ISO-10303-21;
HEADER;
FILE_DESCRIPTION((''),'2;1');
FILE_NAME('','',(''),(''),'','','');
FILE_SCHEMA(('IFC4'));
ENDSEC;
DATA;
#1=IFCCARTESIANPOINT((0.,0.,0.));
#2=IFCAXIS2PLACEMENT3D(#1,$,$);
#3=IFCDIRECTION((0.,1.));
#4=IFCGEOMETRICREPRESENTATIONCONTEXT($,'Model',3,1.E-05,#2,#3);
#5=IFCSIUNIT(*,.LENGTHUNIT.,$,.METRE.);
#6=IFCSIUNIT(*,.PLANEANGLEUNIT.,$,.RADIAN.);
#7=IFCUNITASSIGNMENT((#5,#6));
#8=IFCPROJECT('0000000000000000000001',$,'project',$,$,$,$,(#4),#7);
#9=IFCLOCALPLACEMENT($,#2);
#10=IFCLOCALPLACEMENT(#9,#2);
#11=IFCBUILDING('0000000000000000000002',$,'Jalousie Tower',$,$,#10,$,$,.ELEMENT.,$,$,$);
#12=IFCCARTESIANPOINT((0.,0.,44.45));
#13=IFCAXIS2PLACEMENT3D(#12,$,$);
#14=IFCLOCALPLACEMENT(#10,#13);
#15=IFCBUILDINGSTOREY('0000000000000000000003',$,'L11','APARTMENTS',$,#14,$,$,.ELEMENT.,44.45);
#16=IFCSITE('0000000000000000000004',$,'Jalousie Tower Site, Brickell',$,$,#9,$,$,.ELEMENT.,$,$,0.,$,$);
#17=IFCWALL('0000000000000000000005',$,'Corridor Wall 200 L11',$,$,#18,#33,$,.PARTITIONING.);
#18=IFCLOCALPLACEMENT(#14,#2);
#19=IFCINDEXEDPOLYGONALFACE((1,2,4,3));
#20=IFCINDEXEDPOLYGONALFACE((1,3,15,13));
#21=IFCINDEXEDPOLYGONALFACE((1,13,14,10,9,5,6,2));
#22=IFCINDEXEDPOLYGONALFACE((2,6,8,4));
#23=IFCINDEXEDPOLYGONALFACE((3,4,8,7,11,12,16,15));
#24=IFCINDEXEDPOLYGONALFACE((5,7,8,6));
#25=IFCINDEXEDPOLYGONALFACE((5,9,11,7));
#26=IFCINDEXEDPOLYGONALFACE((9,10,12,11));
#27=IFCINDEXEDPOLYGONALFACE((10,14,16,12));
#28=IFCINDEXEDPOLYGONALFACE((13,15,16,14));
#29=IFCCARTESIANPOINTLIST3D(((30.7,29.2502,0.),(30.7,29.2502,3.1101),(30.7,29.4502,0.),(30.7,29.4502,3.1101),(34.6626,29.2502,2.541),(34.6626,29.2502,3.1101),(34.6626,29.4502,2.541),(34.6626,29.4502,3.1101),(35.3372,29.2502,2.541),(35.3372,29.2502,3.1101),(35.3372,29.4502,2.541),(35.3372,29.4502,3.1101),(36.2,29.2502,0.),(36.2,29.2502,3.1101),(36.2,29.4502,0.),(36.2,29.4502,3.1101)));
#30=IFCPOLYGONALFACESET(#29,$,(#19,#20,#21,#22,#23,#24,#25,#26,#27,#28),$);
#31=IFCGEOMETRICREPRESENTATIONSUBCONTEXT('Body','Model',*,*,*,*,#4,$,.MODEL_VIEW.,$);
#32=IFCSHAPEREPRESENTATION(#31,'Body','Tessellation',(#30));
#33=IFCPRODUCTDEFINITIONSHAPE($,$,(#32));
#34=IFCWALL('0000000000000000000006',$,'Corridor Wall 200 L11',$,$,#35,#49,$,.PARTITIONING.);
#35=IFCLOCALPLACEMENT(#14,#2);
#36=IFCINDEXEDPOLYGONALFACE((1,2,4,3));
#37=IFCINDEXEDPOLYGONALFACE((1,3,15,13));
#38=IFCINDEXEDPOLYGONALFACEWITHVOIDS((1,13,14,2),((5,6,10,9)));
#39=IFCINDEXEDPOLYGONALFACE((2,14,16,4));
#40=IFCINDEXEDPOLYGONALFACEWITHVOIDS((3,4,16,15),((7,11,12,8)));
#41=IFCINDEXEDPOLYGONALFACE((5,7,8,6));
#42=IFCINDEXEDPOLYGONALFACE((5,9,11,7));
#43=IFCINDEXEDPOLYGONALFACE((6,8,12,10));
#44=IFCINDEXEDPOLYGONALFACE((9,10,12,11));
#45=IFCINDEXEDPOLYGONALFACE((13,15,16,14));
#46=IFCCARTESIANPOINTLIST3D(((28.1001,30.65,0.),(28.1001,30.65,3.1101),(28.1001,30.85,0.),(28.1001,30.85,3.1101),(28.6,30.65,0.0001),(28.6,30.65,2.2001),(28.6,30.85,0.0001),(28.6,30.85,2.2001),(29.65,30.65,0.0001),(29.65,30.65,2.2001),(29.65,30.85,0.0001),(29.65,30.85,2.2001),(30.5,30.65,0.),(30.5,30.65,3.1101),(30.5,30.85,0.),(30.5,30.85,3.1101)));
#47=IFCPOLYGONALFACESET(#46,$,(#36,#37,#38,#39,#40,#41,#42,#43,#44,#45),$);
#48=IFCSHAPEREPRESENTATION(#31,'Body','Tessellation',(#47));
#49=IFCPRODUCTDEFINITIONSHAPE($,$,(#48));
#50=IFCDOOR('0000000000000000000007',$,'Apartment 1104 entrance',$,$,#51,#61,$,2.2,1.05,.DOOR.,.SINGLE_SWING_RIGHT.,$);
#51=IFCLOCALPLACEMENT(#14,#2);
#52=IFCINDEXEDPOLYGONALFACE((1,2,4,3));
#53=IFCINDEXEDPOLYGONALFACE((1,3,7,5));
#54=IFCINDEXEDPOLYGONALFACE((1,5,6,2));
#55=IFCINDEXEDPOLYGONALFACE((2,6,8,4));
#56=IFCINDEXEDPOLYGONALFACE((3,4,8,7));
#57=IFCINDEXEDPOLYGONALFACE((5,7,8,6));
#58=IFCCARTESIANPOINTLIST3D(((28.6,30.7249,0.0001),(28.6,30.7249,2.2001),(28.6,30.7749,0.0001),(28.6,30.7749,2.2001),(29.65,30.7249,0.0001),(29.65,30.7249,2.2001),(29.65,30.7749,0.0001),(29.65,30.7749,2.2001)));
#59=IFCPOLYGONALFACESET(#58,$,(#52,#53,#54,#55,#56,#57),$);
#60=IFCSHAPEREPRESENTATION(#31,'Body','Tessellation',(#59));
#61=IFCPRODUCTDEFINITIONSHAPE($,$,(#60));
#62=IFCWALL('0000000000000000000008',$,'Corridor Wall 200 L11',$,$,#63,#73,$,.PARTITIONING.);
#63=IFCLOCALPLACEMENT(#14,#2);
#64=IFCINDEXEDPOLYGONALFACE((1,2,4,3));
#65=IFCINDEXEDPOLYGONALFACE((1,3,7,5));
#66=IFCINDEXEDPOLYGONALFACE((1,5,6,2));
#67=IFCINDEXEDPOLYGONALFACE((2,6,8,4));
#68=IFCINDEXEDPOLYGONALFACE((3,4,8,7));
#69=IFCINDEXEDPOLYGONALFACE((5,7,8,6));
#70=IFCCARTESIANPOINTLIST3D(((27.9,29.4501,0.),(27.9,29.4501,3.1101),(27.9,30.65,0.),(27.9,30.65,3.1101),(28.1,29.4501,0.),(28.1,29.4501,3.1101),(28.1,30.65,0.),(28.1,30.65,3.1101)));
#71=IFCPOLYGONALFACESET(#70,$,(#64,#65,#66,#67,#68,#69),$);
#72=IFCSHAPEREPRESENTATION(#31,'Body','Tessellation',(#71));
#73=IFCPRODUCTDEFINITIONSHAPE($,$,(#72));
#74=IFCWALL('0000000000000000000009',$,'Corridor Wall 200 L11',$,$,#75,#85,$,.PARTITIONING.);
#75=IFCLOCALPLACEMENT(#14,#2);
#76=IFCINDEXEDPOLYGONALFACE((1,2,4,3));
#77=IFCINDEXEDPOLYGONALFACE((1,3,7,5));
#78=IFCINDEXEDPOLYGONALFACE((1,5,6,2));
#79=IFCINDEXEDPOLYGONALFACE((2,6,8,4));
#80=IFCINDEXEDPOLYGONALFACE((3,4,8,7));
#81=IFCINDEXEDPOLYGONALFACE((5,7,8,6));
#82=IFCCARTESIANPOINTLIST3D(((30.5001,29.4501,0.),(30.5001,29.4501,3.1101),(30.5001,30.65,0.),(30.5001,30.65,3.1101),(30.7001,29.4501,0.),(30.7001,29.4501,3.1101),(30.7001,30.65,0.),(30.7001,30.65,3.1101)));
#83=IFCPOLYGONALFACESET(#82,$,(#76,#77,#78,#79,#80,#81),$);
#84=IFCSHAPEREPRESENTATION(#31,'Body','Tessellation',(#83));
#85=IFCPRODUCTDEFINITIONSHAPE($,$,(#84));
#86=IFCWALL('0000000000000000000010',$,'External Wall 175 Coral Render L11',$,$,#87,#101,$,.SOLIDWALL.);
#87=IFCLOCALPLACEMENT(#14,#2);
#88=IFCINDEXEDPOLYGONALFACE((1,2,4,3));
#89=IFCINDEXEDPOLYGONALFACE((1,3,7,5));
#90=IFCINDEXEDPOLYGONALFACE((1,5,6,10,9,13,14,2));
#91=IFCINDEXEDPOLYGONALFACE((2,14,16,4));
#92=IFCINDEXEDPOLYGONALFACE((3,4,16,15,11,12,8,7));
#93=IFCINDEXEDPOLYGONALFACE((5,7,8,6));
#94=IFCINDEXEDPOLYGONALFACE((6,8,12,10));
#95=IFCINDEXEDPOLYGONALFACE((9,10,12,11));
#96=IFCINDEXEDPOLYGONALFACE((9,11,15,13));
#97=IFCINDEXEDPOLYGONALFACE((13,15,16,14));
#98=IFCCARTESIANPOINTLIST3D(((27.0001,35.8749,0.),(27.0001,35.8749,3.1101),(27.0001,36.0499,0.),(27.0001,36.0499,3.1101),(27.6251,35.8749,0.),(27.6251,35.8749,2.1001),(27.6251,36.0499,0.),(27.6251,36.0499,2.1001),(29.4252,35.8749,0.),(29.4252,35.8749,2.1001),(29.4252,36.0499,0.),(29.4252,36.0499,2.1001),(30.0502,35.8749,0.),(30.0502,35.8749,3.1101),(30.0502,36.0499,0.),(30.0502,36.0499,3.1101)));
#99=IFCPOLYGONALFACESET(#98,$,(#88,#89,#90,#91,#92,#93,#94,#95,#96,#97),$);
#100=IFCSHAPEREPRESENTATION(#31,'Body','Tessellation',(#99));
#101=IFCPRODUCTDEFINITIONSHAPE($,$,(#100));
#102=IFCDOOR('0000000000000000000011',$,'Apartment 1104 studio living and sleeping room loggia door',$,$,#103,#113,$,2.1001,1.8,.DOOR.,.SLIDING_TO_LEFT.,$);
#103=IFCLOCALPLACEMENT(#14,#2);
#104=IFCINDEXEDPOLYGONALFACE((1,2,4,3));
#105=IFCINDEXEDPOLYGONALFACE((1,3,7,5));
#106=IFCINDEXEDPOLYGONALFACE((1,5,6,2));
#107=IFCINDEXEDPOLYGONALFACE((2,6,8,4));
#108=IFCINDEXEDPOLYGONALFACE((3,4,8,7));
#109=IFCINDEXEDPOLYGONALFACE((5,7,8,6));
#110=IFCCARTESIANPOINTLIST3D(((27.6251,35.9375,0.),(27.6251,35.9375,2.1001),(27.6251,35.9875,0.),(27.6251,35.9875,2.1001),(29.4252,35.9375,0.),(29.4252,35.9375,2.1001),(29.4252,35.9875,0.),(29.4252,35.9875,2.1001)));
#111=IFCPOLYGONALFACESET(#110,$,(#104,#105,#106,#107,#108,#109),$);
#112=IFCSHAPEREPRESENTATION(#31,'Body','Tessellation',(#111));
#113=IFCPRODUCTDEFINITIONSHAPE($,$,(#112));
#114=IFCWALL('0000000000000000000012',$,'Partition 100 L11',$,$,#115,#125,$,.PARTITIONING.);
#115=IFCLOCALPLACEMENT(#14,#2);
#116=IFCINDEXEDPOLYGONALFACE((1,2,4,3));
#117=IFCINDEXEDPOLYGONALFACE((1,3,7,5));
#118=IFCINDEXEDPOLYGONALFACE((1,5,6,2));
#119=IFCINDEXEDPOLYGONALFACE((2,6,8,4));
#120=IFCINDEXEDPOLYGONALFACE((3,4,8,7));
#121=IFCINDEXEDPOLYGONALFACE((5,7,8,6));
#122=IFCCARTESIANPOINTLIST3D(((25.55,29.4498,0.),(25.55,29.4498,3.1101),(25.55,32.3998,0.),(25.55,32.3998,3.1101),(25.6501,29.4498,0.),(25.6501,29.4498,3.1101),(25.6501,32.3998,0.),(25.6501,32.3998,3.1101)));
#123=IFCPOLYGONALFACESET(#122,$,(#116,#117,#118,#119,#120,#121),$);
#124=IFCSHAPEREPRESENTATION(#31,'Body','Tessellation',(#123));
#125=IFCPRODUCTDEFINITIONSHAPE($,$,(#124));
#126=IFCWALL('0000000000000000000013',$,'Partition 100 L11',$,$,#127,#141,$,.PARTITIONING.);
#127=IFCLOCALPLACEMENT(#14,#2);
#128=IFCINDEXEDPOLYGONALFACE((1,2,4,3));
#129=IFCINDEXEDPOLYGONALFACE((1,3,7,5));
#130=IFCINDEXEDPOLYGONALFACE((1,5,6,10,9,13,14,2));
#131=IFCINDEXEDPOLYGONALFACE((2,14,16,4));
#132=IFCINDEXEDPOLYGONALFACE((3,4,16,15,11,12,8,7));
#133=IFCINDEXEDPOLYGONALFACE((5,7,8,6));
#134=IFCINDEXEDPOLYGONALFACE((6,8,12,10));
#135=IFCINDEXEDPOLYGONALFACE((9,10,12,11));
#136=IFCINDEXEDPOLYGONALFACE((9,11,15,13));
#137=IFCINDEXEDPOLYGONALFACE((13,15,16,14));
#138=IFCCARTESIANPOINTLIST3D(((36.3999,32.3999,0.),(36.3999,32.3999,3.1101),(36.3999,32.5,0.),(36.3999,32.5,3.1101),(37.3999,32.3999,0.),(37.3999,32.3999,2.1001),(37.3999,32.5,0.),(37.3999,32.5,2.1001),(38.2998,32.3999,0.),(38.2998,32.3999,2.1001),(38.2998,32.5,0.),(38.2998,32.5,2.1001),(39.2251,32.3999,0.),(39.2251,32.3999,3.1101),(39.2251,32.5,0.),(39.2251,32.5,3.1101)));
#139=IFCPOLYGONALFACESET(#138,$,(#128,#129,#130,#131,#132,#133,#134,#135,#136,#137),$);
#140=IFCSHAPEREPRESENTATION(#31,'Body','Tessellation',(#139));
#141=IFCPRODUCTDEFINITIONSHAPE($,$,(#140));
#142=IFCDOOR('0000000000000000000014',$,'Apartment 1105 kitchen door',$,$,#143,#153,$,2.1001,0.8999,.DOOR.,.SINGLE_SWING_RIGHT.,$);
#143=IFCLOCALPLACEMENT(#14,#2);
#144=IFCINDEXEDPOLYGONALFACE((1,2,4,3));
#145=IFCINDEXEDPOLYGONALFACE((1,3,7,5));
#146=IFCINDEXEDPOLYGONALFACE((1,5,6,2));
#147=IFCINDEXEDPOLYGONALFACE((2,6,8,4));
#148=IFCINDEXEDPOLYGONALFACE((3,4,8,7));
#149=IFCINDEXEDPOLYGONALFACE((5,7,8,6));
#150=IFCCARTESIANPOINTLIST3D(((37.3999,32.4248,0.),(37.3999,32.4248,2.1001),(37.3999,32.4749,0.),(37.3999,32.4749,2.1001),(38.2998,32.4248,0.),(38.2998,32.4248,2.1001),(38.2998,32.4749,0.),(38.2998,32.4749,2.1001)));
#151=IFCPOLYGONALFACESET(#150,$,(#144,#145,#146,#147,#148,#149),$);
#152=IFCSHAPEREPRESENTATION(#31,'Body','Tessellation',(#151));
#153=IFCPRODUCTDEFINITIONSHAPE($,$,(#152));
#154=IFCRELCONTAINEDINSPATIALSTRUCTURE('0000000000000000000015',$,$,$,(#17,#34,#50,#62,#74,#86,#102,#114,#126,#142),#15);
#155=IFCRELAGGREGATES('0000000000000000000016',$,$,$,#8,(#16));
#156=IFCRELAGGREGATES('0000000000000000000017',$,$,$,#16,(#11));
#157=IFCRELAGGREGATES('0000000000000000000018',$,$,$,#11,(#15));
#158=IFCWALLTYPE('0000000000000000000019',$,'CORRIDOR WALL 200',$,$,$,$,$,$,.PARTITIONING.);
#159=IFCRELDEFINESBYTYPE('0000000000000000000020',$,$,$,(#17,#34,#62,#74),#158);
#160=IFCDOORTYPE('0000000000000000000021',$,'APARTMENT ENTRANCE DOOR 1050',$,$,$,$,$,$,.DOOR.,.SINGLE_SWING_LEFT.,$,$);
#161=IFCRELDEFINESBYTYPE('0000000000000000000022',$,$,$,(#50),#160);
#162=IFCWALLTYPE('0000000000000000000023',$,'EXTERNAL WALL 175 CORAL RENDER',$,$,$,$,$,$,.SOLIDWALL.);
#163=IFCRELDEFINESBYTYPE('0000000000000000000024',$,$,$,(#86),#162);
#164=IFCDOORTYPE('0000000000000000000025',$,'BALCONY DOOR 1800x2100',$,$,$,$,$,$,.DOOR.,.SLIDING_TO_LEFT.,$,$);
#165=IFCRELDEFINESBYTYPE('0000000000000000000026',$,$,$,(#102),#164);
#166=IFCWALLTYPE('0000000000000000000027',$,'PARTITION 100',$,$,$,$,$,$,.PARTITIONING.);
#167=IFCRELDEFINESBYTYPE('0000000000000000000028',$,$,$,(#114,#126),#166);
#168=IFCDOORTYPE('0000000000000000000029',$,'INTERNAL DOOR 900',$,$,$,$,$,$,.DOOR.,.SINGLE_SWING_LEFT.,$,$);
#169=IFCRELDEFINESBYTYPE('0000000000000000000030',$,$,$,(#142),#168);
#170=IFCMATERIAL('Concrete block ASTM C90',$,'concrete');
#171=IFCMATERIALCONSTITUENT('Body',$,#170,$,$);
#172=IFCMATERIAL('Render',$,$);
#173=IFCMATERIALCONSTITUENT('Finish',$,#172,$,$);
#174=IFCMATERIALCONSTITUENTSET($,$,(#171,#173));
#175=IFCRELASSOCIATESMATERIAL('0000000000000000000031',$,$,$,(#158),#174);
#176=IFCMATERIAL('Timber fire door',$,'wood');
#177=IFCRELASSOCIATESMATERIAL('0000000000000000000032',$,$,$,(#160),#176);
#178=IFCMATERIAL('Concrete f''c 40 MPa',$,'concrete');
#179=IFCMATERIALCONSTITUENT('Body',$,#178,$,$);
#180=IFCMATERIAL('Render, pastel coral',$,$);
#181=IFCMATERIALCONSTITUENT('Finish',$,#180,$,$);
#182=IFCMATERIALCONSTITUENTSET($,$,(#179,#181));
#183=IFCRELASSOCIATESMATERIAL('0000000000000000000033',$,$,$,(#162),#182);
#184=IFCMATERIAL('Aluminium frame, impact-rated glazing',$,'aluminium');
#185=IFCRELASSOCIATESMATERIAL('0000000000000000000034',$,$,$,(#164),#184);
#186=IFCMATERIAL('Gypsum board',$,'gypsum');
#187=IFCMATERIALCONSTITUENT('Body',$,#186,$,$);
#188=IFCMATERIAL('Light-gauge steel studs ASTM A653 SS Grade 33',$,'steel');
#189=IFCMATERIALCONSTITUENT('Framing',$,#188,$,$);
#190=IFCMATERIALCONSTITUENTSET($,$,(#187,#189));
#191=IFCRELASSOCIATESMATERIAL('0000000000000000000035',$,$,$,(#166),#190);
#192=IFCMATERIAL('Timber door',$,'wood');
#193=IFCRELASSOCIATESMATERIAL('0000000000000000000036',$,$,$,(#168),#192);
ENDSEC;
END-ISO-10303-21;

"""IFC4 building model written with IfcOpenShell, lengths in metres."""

from ifc_helpers import new_model, si_unit, direction, frame, frame_2d, origin, place, context, subcontext, project, spatial, polyline, rectangle, outline, extrude, material, constituent, constituent_set, type_object, element, fill, save


model = new_model("IFC4")

# Units and contexts
model_context = context("Model", 3, precision=1e-05, world=origin(), true_north=direction((0.0, 1.0)))
body_context = subcontext(model_context, "Body", "Model", "MODEL_VIEW")
ifc_project = project(units=[si_unit("LENGTHUNIT", "METRE"), si_unit("PLANEANGLEUNIT", "RADIAN")], contexts=[model_context])

# Site, building, storey
site_placement = place(None, origin())
site = spatial("IfcSite", under=ifc_project, at=site_placement, Name="Jalousie Tower Site, Brickell", CompositionType="ELEMENT", RefElevation=0.0)
building_placement = place(site_placement, origin())
building = spatial("IfcBuilding", under=site, at=building_placement, Name="Jalousie Tower", CompositionType="ELEMENT")
storey_placement = place(building_placement, frame((0.0, 0.0, 44.45)))
storey = spatial("IfcBuildingStorey", under=building, at=storey_placement, Name="L11", Description="APARTMENTS", CompositionType="ELEMENT", Elevation=44.45)

# Shared definitions
ifc_material_1 = material(Name="Concrete block ASTM C90", Category="concrete")
ifc_constituent_1 = constituent(ifc_material_1, Name="Body")
ifc_material_2 = material(Name="Render")
ifc_constituent_2 = constituent(ifc_material_2, Name="Finish")
ifc_constituent_set_1 = constituent_set(constituents=[ifc_constituent_1, ifc_constituent_2])
wall_type_1 = type_object("IfcWallType", Name="CORRIDOR WALL 200", PredefinedType="PARTITIONING", material=ifc_constituent_set_1)
ifc_material_3 = material(Name="Timber fire door", Category="wood")
door_type_1 = type_object("IfcDoorType", Name="APARTMENT ENTRANCE DOOR 1050", OperationType="SINGLE_SWING_LEFT", PredefinedType="DOOR", material=ifc_material_3)

# Wall
wall_1_placement = place(storey_placement, frame((30.7, 29.3501, 0.0), z_axis=(0.0, 0.0, 1.0), x_axis=(1.0, 0.0, 0.0)))
element("IfcWall", 1, at=wall_1_placement, inside=storey, type_object=wall_type_1, Name="Corridor Wall 200 L11", PredefinedType="PARTITIONING", context=body_context, shape_type="SweptSolid", body=[
    extrude(outline(polyline([(0.0, 0.0), (5.5, 0.0), (5.5, 3.1101), (4.6372, 3.1101), (4.6372, 2.541), (3.9626, 2.541), (3.9626, 3.1101), (0.0, 3.1101), (0.0, 0.0)])), frame((0.0, 0.1001, 0.0), z_axis=(0.0, -1.0, 0.0), x_axis=(1.0, 0.0, 0.0)), (0.0, 0.0, 1.0), 0.2),
])

# Wall, opening, door
wall_2_placement = place(storey_placement, frame((28.1001, 30.75, 0.0), z_axis=(0.0, 0.0, 1.0), x_axis=(1.0, 0.0, 0.0)))
wall_2 = element("IfcWall", 2, at=wall_2_placement, inside=storey, type_object=wall_type_1, Name="Corridor Wall 200 L11", PredefinedType="PARTITIONING", context=body_context, shape_type="SweptSolid", body=[
    extrude(rectangle(XDim=2.3999, YDim=0.2, at=frame_2d((1.2, 0.0))), origin(), (0.0, 0.0, 1.0), 3.1101),
])
opening_1_placement = place(wall_2_placement, frame((0.5, 0.0, 0.0)))
opening_1 = element("IfcOpeningElement", 3, at=opening_1_placement, cuts=wall_2, PredefinedType="OPENING", context=body_context, shape_type="SweptSolid", body=[
    extrude(rectangle(XDim=1.05, YDim=2.2, at=frame_2d((0.5249, 1.1001))), frame((0.0, 0.1099, 0.0), z_axis=(0.0, -1.0, 0.0), x_axis=(1.0, 0.0, 0.0)), (0.0, 0.0, 1.0), 0.22),
])
door_1_placement = place(opening_1_placement, origin())
door_1 = element("IfcDoor", 4, at=door_1_placement, inside=storey, type_object=door_type_1, Name="Apartment 1104 entrance", OperationType="SINGLE_SWING_RIGHT", OverallHeight=2.2, OverallWidth=1.05, PredefinedType="DOOR", context=body_context, shape_type="SweptSolid", body=[
    extrude(rectangle(XDim=1.05, YDim=2.2, at=frame_2d((0.5249, 1.1001))), frame((0.0, 0.0249, 0.0), z_axis=(0.0, -1.0, 0.0), x_axis=(1.0, 0.0, 0.0)), (0.0, 0.0, 1.0), 0.05),
])
fill(opening_1, door_1)

# Walls
for number, where, z_axis, x_axis, name in (
    (5, (28.0, 29.45, 0.0), (0.0, 0.0, 1.0), (0.0, 1.0, 0.0), "Corridor Wall 200 L11"),
    (6, (30.6001, 29.45, 0.0), (0.0, 0.0, 1.0), (0.0, 1.0, 0.0), "Corridor Wall 200 L11"),
):
    element("IfcWall", number, at=place(storey_placement, frame(where, z_axis=z_axis, x_axis=x_axis)), inside=storey, type_object=wall_type_1, Name=name, PredefinedType="PARTITIONING", context=body_context, shape_type="SweptSolid", body=[
        extrude(rectangle(XDim=1.2, YDim=0.2, at=frame_2d((0.6001, 0.0))), origin(), (0.0, 0.0, 1.0), 3.1101),
    ])

# Wall, opening, door
ifc_material_4 = material(Name="Concrete f'c 40 MPa", Category="concrete")
ifc_constituent_3 = constituent(ifc_material_4, Name="Body")
ifc_material_5 = material(Name="Render, pastel coral")
ifc_constituent_4 = constituent(ifc_material_5, Name="Finish")
ifc_constituent_set_2 = constituent_set(constituents=[ifc_constituent_3, ifc_constituent_4])
wall_type_2 = type_object("IfcWallType", Name="EXTERNAL WALL 175 CORAL RENDER", PredefinedType="SOLIDWALL", material=ifc_constituent_set_2)
wall_3_placement = place(storey_placement, frame((30.05, 35.9624, 0.0), z_axis=(0.0, 0.0, 1.0), x_axis=(-1.0, 0.0, 0.0)))
wall_3 = element("IfcWall", 7, at=wall_3_placement, inside=storey, type_object=wall_type_2, Name="External Wall 175 Coral Render L11", PredefinedType="SOLIDWALL", context=body_context, shape_type="SweptSolid", body=[
    extrude(rectangle(XDim=3.05, YDim=0.175, at=frame_2d((1.5249, 0.0))), origin(), (0.0, 0.0, 1.0), 3.1101),
])
opening_2_placement = place(wall_3_placement, frame((0.625, 0.0, 0.0)))
opening_2 = element("IfcOpeningElement", 8, at=opening_2_placement, cuts=wall_3, PredefinedType="OPENING", context=body_context, shape_type="SweptSolid", body=[
    extrude(rectangle(XDim=1.8, YDim=2.1001, at=frame_2d((0.8999, 1.05))), frame((0.0, 0.0974, 0.0), z_axis=(0.0, -1.0, 0.0), x_axis=(1.0, 0.0, 0.0)), (0.0, 0.0, 1.0), 0.1951),
])
ifc_material_6 = material(Name="Aluminium frame, impact-rated glazing", Category="aluminium")
door_type_2 = type_object("IfcDoorType", Name="BALCONY DOOR 1800x2100", OperationType="SLIDING_TO_LEFT", PredefinedType="DOOR", material=ifc_material_6)
door_2_placement = place(opening_2_placement, origin())
door_2 = element("IfcDoor", 9, at=door_2_placement, inside=storey, type_object=door_type_2, Name="Apartment 1104 studio living and sleeping room loggia door", OperationType="SLIDING_TO_LEFT", OverallHeight=2.1001, OverallWidth=1.8, PredefinedType="DOOR", context=body_context, shape_type="SweptSolid", body=[
    extrude(rectangle(XDim=1.8, YDim=2.1001, at=frame_2d((0.8999, 1.05))), frame((0.0, 0.0249, 0.0), z_axis=(0.0, -1.0, 0.0), x_axis=(1.0, 0.0, 0.0)), (0.0, 0.0, 1.0), 0.05),
])
fill(opening_2, door_2)

# Wall
ifc_material_7 = material(Name="Gypsum board", Category="gypsum")
ifc_constituent_5 = constituent(ifc_material_7, Name="Body")
ifc_material_8 = material(Name="Light-gauge steel studs ASTM A653 SS Grade 33", Category="steel")
ifc_constituent_6 = constituent(ifc_material_8, Name="Framing")
ifc_constituent_set_3 = constituent_set(constituents=[ifc_constituent_5, ifc_constituent_6])
wall_type_3 = type_object("IfcWallType", Name="PARTITION 100", PredefinedType="PARTITIONING", material=ifc_constituent_set_3)
wall_4_placement = place(storey_placement, frame((25.6001, 32.3999, 0.0), z_axis=(0.0, 0.0, 1.0), x_axis=(0.0, -1.0, 0.0)))
element("IfcWall", 10, at=wall_4_placement, inside=storey, type_object=wall_type_3, Name="Partition 100 L11", PredefinedType="PARTITIONING", context=body_context, shape_type="SweptSolid", body=[
    extrude(rectangle(XDim=2.95, YDim=0.1001, at=frame_2d((1.4751, 0.0))), origin(), (0.0, 0.0, 1.0), 3.1101),
])

# Wall, opening, door
wall_5_placement = place(storey_placement, frame((36.3999, 32.45, 0.0), z_axis=(0.0, 0.0, 1.0), x_axis=(1.0, 0.0, 0.0)))
wall_5 = element("IfcWall", 11, at=wall_5_placement, inside=storey, type_object=wall_type_3, Name="Partition 100 L11", PredefinedType="PARTITIONING", context=body_context, shape_type="SweptSolid", body=[
    extrude(rectangle(XDim=2.8252, YDim=0.1001, at=frame_2d((1.4126, 0.0))), origin(), (0.0, 0.0, 1.0), 3.1101),
])
opening_3_placement = place(wall_5_placement, frame((1.0, 0.0, 0.0)))
opening_3 = element("IfcOpeningElement", 12, at=opening_3_placement, cuts=wall_5, PredefinedType="OPENING", context=body_context, shape_type="SweptSolid", body=[
    extrude(rectangle(XDim=0.8999, YDim=2.1001, at=frame_2d((0.45, 1.05))), frame((0.0, 0.0601, 0.0), z_axis=(0.0, -1.0, 0.0), x_axis=(1.0, 0.0, 0.0)), (0.0, 0.0, 1.0), 0.1201),
])
ifc_material_9 = material(Name="Timber door", Category="wood")
door_type_3 = type_object("IfcDoorType", Name="INTERNAL DOOR 900", OperationType="SINGLE_SWING_LEFT", PredefinedType="DOOR", material=ifc_material_9)
door_3_placement = place(opening_3_placement, origin())
door_3 = element("IfcDoor", 13, at=door_3_placement, inside=storey, type_object=door_type_3, Name="Apartment 1105 kitchen door", OperationType="SINGLE_SWING_RIGHT", OverallHeight=2.1001, OverallWidth=0.8999, PredefinedType="DOOR", context=body_context, shape_type="SweptSolid", body=[
    extrude(rectangle(XDim=0.8999, YDim=2.1001, at=frame_2d((0.45, 1.05))), frame((0.0, 0.0249, 0.0), z_axis=(0.0, -1.0, 0.0), x_axis=(1.0, 0.0, 0.0)), (0.0, 0.0, 1.0), 0.05),
])
fill(opening_3, door_3)

save(model, "model.ifc")
